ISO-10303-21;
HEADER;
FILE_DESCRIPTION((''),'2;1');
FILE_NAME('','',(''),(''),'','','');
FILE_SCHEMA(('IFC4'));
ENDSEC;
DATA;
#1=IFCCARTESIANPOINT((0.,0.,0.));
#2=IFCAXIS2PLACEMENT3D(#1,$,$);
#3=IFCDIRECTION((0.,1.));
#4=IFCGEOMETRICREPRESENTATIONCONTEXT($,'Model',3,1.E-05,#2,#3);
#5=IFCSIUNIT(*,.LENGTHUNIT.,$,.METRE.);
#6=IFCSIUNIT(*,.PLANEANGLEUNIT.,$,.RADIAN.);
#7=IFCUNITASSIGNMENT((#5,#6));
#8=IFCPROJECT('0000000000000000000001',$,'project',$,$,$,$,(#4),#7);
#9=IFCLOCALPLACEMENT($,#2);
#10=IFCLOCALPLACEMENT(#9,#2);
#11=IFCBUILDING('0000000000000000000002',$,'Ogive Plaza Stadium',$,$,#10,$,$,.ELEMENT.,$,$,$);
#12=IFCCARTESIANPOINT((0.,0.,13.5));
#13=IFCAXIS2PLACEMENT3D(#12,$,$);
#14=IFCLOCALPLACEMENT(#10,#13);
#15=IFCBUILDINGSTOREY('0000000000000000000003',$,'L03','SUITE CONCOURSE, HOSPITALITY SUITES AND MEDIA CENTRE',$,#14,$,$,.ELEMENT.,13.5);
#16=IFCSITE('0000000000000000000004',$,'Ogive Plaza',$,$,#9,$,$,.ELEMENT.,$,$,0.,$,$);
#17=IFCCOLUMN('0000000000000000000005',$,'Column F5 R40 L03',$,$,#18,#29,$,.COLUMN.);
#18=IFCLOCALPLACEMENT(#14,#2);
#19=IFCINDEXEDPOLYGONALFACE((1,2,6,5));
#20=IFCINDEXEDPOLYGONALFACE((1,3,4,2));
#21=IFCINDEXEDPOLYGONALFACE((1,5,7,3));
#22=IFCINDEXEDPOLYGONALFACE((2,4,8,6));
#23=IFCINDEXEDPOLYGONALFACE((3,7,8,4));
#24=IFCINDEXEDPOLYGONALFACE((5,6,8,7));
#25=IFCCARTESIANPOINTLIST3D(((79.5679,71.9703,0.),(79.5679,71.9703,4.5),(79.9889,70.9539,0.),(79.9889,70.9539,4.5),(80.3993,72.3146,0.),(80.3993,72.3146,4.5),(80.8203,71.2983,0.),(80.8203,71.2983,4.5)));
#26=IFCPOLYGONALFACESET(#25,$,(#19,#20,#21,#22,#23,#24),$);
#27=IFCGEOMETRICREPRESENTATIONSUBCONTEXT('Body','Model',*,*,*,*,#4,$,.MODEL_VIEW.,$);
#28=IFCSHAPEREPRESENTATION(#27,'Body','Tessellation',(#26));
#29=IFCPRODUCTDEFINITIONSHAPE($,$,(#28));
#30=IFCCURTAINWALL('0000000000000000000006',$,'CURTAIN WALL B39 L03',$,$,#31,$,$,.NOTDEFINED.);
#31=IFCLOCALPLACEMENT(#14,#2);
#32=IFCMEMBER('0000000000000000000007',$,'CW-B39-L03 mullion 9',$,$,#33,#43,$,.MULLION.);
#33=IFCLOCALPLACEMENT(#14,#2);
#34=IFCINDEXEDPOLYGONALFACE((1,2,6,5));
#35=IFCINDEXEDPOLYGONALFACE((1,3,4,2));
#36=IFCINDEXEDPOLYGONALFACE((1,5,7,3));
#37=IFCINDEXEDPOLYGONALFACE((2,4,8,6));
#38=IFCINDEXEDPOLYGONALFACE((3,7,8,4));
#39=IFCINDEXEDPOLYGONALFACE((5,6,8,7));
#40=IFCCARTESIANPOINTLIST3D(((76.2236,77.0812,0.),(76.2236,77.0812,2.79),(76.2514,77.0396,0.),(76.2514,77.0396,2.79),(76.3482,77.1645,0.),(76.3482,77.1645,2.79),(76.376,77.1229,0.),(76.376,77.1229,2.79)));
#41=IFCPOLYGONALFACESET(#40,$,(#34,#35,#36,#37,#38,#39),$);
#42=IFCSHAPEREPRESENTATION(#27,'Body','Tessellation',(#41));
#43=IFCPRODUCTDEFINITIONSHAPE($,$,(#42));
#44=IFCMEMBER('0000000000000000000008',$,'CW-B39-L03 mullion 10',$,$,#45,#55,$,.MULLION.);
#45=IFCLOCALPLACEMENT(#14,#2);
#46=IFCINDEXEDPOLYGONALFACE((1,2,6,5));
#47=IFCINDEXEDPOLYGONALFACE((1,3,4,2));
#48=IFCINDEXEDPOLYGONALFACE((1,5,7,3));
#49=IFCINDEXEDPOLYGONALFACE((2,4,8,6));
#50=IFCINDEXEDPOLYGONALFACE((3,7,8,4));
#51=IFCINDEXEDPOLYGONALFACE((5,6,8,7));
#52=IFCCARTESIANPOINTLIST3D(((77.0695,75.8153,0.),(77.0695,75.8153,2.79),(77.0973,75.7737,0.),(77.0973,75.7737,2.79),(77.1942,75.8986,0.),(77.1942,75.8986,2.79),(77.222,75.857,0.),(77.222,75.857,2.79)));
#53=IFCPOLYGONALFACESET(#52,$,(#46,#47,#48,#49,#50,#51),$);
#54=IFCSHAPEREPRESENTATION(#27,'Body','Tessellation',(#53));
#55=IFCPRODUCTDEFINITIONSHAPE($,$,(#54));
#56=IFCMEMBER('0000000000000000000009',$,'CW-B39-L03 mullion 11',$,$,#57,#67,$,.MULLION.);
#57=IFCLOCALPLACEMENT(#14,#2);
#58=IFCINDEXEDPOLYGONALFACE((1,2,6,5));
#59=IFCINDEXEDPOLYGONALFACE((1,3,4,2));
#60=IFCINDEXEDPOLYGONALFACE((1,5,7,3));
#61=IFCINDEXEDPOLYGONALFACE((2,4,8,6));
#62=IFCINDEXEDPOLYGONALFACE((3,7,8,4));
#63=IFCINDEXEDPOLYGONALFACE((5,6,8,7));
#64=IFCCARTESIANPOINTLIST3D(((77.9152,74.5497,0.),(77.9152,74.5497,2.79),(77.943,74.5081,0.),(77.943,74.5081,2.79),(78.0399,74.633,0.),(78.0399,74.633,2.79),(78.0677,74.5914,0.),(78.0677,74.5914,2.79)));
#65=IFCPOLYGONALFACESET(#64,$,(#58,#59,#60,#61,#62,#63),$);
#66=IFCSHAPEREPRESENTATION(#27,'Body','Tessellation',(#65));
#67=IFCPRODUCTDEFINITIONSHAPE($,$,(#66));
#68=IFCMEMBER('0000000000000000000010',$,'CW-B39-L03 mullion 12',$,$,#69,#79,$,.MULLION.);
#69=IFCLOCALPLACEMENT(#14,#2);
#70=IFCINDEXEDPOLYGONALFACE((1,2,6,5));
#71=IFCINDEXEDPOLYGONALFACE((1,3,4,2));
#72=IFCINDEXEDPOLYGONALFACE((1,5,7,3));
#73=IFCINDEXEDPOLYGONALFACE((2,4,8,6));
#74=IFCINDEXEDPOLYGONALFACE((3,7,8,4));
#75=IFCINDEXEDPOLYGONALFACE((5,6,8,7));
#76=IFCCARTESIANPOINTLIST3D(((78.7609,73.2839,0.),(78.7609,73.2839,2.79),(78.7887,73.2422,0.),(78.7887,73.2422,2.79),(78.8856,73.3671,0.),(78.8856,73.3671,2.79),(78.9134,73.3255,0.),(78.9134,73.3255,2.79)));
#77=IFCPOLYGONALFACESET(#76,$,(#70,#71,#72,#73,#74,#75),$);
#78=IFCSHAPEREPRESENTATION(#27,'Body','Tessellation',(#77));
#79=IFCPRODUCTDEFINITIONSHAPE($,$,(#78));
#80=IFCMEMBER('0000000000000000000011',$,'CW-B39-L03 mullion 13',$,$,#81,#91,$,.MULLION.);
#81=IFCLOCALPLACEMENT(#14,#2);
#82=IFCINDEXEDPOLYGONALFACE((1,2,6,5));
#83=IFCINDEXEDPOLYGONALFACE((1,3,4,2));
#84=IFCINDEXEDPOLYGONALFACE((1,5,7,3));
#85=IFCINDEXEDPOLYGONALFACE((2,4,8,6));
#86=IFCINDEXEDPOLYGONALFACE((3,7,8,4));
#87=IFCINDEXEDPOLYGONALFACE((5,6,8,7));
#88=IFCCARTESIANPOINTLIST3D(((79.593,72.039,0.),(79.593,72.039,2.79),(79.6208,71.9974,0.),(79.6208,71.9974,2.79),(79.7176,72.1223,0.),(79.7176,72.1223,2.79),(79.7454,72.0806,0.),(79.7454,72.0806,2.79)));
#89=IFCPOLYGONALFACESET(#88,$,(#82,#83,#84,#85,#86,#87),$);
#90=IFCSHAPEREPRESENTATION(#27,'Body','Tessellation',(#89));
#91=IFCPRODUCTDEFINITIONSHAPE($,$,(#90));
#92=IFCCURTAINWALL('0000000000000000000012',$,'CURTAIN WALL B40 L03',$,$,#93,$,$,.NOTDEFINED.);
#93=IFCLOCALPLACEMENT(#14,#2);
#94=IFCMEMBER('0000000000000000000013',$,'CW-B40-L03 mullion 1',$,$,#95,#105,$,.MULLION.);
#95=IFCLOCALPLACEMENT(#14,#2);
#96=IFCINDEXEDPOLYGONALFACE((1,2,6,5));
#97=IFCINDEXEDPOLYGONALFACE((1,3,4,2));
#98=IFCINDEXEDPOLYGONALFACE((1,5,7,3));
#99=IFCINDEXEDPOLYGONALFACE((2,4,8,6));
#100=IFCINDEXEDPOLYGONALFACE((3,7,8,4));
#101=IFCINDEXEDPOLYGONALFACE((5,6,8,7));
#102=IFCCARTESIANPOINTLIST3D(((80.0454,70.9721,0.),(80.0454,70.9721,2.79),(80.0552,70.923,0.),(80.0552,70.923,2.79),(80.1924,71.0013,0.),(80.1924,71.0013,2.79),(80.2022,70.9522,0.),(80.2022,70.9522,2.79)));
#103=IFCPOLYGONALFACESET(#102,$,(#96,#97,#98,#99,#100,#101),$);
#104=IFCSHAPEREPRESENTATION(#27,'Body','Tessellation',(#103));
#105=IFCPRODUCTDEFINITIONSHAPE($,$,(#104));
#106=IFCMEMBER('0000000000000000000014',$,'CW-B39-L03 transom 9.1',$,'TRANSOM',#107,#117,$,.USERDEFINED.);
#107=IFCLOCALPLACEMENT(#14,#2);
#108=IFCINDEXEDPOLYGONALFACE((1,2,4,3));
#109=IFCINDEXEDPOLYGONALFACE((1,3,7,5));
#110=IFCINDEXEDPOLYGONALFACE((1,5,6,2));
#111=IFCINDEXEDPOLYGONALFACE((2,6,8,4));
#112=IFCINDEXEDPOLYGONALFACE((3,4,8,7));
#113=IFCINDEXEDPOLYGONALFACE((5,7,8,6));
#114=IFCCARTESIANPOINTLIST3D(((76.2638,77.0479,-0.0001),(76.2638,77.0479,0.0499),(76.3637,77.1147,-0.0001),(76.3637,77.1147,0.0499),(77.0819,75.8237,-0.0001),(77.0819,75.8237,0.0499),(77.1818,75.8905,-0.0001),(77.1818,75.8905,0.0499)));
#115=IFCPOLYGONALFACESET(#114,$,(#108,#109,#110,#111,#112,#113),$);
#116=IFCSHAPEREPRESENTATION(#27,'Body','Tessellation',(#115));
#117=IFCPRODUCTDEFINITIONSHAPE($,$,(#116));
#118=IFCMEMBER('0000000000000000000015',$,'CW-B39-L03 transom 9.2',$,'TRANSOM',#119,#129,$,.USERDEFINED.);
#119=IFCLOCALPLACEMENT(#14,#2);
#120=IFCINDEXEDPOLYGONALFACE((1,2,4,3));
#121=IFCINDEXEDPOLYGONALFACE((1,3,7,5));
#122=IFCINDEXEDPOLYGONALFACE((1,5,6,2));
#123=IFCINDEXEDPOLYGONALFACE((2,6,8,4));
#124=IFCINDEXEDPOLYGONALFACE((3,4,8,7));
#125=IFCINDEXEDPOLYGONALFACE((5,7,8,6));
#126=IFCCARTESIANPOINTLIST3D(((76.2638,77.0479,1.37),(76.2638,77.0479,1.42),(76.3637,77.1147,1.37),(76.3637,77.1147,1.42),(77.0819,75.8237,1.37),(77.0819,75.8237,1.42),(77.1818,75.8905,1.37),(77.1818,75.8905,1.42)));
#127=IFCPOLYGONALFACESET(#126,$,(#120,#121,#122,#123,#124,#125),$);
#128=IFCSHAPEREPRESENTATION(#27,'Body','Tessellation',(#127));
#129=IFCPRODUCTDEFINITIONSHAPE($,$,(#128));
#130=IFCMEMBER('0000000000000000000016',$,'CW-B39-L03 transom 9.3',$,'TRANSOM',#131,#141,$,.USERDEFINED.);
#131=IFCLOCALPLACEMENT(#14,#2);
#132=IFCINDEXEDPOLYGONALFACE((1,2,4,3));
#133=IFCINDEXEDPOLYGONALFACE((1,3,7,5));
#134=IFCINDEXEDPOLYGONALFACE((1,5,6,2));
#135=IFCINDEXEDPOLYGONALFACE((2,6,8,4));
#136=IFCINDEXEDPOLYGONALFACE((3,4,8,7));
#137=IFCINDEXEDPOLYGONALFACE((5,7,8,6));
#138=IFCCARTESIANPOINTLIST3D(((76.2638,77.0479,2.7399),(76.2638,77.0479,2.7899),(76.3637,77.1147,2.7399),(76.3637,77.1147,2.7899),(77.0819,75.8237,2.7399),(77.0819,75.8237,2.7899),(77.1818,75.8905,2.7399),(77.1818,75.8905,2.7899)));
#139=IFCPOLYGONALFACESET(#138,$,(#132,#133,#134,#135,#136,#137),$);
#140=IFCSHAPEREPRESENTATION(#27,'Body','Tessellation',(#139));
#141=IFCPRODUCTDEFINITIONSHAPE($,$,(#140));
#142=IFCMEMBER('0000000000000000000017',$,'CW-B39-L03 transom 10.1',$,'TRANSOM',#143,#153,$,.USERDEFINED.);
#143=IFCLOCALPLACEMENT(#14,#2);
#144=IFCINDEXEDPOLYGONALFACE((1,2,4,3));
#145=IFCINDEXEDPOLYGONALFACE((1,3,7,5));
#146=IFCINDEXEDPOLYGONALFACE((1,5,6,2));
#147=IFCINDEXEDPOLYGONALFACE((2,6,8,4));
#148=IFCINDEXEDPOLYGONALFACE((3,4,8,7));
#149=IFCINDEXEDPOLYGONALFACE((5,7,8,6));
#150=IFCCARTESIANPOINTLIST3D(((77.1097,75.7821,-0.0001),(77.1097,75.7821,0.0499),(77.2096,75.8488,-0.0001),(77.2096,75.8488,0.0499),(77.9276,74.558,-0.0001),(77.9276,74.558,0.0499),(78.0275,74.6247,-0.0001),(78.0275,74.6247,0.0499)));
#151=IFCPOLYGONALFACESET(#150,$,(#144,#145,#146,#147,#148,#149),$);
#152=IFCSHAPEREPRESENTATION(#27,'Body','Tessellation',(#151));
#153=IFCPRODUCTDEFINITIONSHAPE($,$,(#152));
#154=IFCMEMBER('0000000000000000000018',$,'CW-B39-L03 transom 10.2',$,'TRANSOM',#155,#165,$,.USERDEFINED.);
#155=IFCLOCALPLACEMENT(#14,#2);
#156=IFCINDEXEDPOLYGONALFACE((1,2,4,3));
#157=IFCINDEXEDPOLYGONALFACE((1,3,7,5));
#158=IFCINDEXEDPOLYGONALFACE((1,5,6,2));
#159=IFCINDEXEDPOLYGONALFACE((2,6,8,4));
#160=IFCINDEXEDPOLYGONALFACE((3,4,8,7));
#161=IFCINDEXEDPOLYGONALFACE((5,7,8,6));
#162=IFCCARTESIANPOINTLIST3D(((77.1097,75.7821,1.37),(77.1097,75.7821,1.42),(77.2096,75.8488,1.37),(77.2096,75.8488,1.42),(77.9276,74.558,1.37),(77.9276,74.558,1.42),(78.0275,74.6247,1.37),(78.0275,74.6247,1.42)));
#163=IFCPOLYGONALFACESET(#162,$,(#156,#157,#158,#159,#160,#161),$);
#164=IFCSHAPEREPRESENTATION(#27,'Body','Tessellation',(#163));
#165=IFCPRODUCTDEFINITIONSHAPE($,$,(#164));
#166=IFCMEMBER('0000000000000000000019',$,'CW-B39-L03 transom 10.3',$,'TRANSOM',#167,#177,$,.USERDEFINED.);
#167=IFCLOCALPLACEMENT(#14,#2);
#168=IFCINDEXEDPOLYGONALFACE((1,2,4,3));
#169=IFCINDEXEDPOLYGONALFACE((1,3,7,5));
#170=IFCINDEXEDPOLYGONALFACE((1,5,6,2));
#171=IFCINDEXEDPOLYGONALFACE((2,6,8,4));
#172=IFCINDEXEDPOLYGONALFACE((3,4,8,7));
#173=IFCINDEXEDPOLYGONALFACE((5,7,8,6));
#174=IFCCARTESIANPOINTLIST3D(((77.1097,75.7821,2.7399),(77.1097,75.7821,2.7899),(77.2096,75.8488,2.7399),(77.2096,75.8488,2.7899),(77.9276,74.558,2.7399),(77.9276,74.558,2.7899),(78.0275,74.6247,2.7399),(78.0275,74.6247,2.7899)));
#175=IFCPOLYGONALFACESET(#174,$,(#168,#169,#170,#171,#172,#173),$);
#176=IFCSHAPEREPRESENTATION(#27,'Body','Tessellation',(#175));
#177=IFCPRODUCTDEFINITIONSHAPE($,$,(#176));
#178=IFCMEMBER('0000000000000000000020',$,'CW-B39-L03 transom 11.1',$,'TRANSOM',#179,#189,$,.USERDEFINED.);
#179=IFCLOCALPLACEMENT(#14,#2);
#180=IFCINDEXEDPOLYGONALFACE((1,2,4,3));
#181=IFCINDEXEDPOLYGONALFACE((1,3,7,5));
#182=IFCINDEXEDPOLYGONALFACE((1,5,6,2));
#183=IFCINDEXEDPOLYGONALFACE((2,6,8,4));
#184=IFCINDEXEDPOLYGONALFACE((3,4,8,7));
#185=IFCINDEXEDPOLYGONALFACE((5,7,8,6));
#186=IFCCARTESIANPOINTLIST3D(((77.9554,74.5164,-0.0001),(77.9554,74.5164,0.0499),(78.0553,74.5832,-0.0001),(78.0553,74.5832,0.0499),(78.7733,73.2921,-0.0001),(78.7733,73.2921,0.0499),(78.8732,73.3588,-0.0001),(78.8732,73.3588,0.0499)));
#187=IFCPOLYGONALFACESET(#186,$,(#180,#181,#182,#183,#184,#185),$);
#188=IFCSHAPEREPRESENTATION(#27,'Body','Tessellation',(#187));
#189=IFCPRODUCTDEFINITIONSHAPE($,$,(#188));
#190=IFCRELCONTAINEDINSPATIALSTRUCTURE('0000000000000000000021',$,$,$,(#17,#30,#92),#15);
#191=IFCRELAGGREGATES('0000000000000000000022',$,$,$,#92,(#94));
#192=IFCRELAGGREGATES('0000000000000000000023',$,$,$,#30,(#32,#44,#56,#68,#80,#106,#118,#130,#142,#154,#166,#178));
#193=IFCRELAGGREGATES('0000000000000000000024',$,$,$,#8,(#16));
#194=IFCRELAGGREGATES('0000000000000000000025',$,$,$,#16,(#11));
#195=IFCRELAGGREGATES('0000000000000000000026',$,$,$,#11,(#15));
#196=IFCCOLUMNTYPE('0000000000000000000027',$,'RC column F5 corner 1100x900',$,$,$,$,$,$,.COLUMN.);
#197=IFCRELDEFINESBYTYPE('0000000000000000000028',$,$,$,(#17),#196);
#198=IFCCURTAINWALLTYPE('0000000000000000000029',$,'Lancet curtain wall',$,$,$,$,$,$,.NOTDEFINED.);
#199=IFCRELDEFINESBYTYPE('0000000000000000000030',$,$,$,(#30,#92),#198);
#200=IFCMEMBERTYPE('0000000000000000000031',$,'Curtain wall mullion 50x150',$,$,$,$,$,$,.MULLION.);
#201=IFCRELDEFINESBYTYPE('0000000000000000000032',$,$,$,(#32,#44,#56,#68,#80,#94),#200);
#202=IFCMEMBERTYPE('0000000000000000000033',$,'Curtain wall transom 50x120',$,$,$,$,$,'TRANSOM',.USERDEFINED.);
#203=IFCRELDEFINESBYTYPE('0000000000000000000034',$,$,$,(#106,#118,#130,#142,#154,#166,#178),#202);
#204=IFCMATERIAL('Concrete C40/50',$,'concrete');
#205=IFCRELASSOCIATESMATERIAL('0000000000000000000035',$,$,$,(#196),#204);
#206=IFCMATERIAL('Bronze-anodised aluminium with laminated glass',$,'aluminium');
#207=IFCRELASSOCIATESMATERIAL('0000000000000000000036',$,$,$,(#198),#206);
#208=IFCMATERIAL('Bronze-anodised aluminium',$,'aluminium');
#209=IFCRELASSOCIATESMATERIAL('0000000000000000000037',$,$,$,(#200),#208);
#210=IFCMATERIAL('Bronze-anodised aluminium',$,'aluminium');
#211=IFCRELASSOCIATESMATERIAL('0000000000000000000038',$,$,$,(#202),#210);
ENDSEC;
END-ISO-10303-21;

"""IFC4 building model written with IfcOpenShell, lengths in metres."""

from ifc_helpers import new_model, si_unit, direction, frame, origin, origin_2d, place, context, subcontext, project, spatial, rectangle, extrude, material, material_profile, profile_set, type_object, element, aggregate, save


model = new_model("IFC4")

# Units and contexts
model_context = context("Model", 3, precision=1e-05, world=origin(), true_north=direction((0.0, 1.0)))
body_context = subcontext(model_context, "Body", "Model", "MODEL_VIEW")
ifc_project = project(units=[si_unit("LENGTHUNIT", "METRE"), si_unit("PLANEANGLEUNIT", "RADIAN")], contexts=[model_context])

# Site, building, storey
site_placement = place(None, origin())
site = spatial("IfcSite", under=ifc_project, at=site_placement, Name="Ogive Plaza", CompositionType="ELEMENT", RefElevation=0.0)
building_placement = place(site_placement, origin())
building = spatial("IfcBuilding", under=site, at=building_placement, Name="Ogive Plaza Stadium", CompositionType="ELEMENT")
storey_placement = place(building_placement, frame((0.0, 0.0, 13.5)))
storey = spatial("IfcBuildingStorey", under=building, at=storey_placement, Name="L03", Description="SUITE CONCOURSE, HOSPITALITY SUITES AND MEDIA CENTRE", CompositionType="ELEMENT", Elevation=13.5)

# Column
ifc_material_1 = material(Name="Concrete C40/50", Category="concrete")
ifc_material_profile_1 = material_profile(ifc_material_1, rectangle(XDim=1.1001, YDim=0.8999, at=origin_2d()), Name="RC 1100x900")
ifc_profile_set_1 = profile_set([ifc_material_profile_1], Name="Concrete C40/50")
column_type = type_object("IfcColumnType", Name="RC column F5 corner 1100x900", PredefinedType="COLUMN", material=ifc_profile_set_1)
column_placement = place(storey_placement, frame((80.1941, 71.6343, 0.0), z_axis=(0.0, 0.0, 1.0), x_axis=(-0.382683, 0.92388, 0.0)))
element("IfcColumn", 1, at=column_placement, inside=storey, type_object=column_type, Name="Column F5 R40 L03", PredefinedType="COLUMN", context=body_context, shape_type="SweptSolid", body=[
    extrude(rectangle(XDim=1.1001, YDim=0.8999, at=origin_2d()), origin(), (0.0, 0.0, 1.0), 4.5),
])

# Curtain wall, members
ifc_material_2 = material(Name="Bronze-anodised aluminium with laminated glass", Category="aluminium")
curtain_wall_type = type_object("IfcCurtainWallType", Name="Lancet curtain wall", PredefinedType="NOTDEFINED", material=ifc_material_2)
curtain_wall_1_placement = place(storey_placement, origin())
curtain_wall_1 = element("IfcCurtainWall", 2, at=curtain_wall_1_placement, inside=storey, type_object=curtain_wall_type, Name="CURTAIN WALL B39 L03", PredefinedType="NOTDEFINED")
ifc_material_3 = material(Name="Bronze-anodised aluminium", Category="aluminium")
ifc_material_profile_2 = material_profile(ifc_material_3, rectangle(XDim=0.1499, YDim=0.05, at=origin_2d()), Name="AL 150x50")
ifc_profile_set_2 = profile_set([ifc_material_profile_2], Name="Bronze-anodised aluminium")
member_type_1 = type_object("IfcMemberType", Name="Curtain wall mullion 50x150", PredefinedType="MULLION", material=ifc_profile_set_2)
member_1_placement = place(storey_placement, frame((76.2998, 77.1021, 0.0), z_axis=(0.0, 0.0, 1.0), x_axis=(0.83147, 0.55557, 0.0)))
member_1 = element("IfcMember", 3, at=member_1_placement, type_object=member_type_1, Name="CW-B39-L03 mullion 9", PredefinedType="MULLION", context=body_context, shape_type="SweptSolid", body=[
    extrude(rectangle(XDim=0.1499, YDim=0.05, at=origin_2d()), origin(), (0.0, 0.0, 1.0), 2.79),
])
member_2_placement = place(storey_placement, frame((77.1458, 75.8362, 0.0), z_axis=(0.0, 0.0, 1.0), x_axis=(0.83147, 0.55557, 0.0)))
member_2 = element("IfcMember", 4, at=member_2_placement, type_object=member_type_1, Name="CW-B39-L03 mullion 10", PredefinedType="MULLION", context=body_context, shape_type="SweptSolid", body=[
    extrude(rectangle(XDim=0.1499, YDim=0.05, at=origin_2d()), origin(), (0.0, 0.0, 1.0), 2.79),
])
member_3_placement = place(storey_placement, frame((77.9915, 74.5706, 0.0), z_axis=(0.0, 0.0, 1.0), x_axis=(0.83147, 0.55557, 0.0)))
member_3 = element("IfcMember", 5, at=member_3_placement, type_object=member_type_1, Name="CW-B39-L03 mullion 11", PredefinedType="MULLION", context=body_context, shape_type="SweptSolid", body=[
    extrude(rectangle(XDim=0.1499, YDim=0.05, at=origin_2d()), origin(), (0.0, 0.0, 1.0), 2.79),
])
member_4_placement = place(storey_placement, frame((78.8372, 73.3047, 0.0), z_axis=(0.0, 0.0, 1.0), x_axis=(0.83147, 0.55557, 0.0)))
member_4 = element("IfcMember", 6, at=member_4_placement, type_object=member_type_1, Name="CW-B39-L03 mullion 12", PredefinedType="MULLION", context=body_context, shape_type="SweptSolid", body=[
    extrude(rectangle(XDim=0.1499, YDim=0.05, at=origin_2d()), origin(), (0.0, 0.0, 1.0), 2.79),
])
member_5_placement = place(storey_placement, frame((79.6692, 72.0598, 0.0), z_axis=(0.0, 0.0, 1.0), x_axis=(0.83147, 0.55557, 0.0)))
member_5 = element("IfcMember", 7, at=member_5_placement, type_object=member_type_1, Name="CW-B39-L03 mullion 13", PredefinedType="MULLION", context=body_context, shape_type="SweptSolid", body=[
    extrude(rectangle(XDim=0.1499, YDim=0.05, at=origin_2d()), origin(), (0.0, 0.0, 1.0), 2.79),
])

# Curtain wall, member
curtain_wall_2_placement = place(storey_placement, origin())
curtain_wall_2 = element("IfcCurtainWall", 8, at=curtain_wall_2_placement, inside=storey, type_object=curtain_wall_type, Name="CURTAIN WALL B40 L03", PredefinedType="NOTDEFINED")
member_6_placement = place(storey_placement, frame((80.1238, 70.9622, 0.0), z_axis=(0.0, 0.0, 1.0), x_axis=(0.980785, 0.19509, 0.0)))
member_6 = element("IfcMember", 9, at=member_6_placement, type_object=member_type_1, Name="CW-B40-L03 mullion 1", PredefinedType="MULLION", context=body_context, shape_type="SweptSolid", body=[
    extrude(rectangle(XDim=0.1499, YDim=0.05, at=origin_2d()), origin(), (0.0, 0.0, 1.0), 2.79),
])

# Members
ifc_material_4 = material(Name="Bronze-anodised aluminium", Category="aluminium")
ifc_material_profile_3 = material_profile(ifc_material_4, rectangle(XDim=0.1201, YDim=0.05, at=origin_2d()), Name="AL 120x50")
ifc_profile_set_3 = profile_set([ifc_material_profile_3], Name="Bronze-anodised aluminium")
member_type_2 = type_object("IfcMemberType", Name="Curtain wall transom 50x120", ElementType="TRANSOM", PredefinedType="USERDEFINED", material=ifc_profile_set_3)
member_7_placement = place(storey_placement, frame((76.3137, 77.0813, 0.0249), z_axis=(0.555656, -0.831412, 0.0), x_axis=(0.831412, 0.555656, 0.0)))
member_7 = element("IfcMember", 10, at=member_7_placement, type_object=member_type_2, Name="CW-B39-L03 transom 9.1", ObjectType="TRANSOM", PredefinedType="USERDEFINED", context=body_context, shape_type="SweptSolid", body=[
    extrude(rectangle(XDim=0.1201, YDim=0.05, at=origin_2d()), origin(), (0.0, 0.0, 1.0), 1.4724),
])
member_8_placement = place(storey_placement, frame((76.3137, 77.0813, 1.395), z_axis=(0.555656, -0.831412, 0.0), x_axis=(0.831412, 0.555656, 0.0)))
member_8 = element("IfcMember", 11, at=member_8_placement, type_object=member_type_2, Name="CW-B39-L03 transom 9.2", ObjectType="TRANSOM", PredefinedType="USERDEFINED", context=body_context, shape_type="SweptSolid", body=[
    extrude(rectangle(XDim=0.1201, YDim=0.05, at=origin_2d()), origin(), (0.0, 0.0, 1.0), 1.4724),
])
member_9_placement = place(storey_placement, frame((76.3137, 77.0813, 2.7649), z_axis=(0.555656, -0.831412, 0.0), x_axis=(0.831412, 0.555656, 0.0)))
member_9 = element("IfcMember", 12, at=member_9_placement, type_object=member_type_2, Name="CW-B39-L03 transom 9.3", ObjectType="TRANSOM", PredefinedType="USERDEFINED", context=body_context, shape_type="SweptSolid", body=[
    extrude(rectangle(XDim=0.1201, YDim=0.05, at=origin_2d()), origin(), (0.0, 0.0, 1.0), 1.4724),
])
member_10_placement = place(storey_placement, frame((77.1597, 75.8154, 0.0249), z_axis=(0.555542, -0.831489, 0.0), x_axis=(0.831489, 0.555542, 0.0)))
member_10 = element("IfcMember", 13, at=member_10_placement, type_object=member_type_2, Name="CW-B39-L03 transom 10.1", ObjectType="TRANSOM", PredefinedType="USERDEFINED", context=body_context, shape_type="SweptSolid", body=[
    extrude(rectangle(XDim=0.1201, YDim=0.05, at=origin_2d()), origin(), (0.0, 0.0, 1.0), 1.4722),
])
member_11_placement = place(storey_placement, frame((77.1597, 75.8154, 1.395), z_axis=(0.555542, -0.831489, 0.0), x_axis=(0.831489, 0.555542, 0.0)))
member_11 = element("IfcMember", 14, at=member_11_placement, type_object=member_type_2, Name="CW-B39-L03 transom 10.2", ObjectType="TRANSOM", PredefinedType="USERDEFINED", context=body_context, shape_type="SweptSolid", body=[
    extrude(rectangle(XDim=0.1201, YDim=0.05, at=origin_2d()), origin(), (0.0, 0.0, 1.0), 1.4722),
])
member_12_placement = place(storey_placement, frame((77.1597, 75.8154, 2.7649), z_axis=(0.555542, -0.831489, 0.0), x_axis=(0.831489, 0.555542, 0.0)))
member_12 = element("IfcMember", 15, at=member_12_placement, type_object=member_type_2, Name="CW-B39-L03 transom 10.3", ObjectType="TRANSOM", PredefinedType="USERDEFINED", context=body_context, shape_type="SweptSolid", body=[
    extrude(rectangle(XDim=0.1201, YDim=0.05, at=origin_2d()), origin(), (0.0, 0.0, 1.0), 1.4722),
])
member_13_placement = place(storey_placement, frame((78.0054, 74.5498, 0.0249), z_axis=(0.555465, -0.83154, 0.0), x_axis=(0.83154, 0.555465, 0.0)))
member_13 = element("IfcMember", 16, at=member_13_placement, type_object=member_type_2, Name="CW-B39-L03 transom 11.1", ObjectType="TRANSOM", PredefinedType="USERDEFINED", context=body_context, shape_type="SweptSolid", body=[
    extrude(rectangle(XDim=0.1201, YDim=0.05, at=origin_2d()), origin(), (0.0, 0.0, 1.0), 1.4724),
])
aggregate(curtain_wall_2, [member_6])

aggregate(curtain_wall_1, [member_1, member_2, member_3, member_4, member_5, member_7, member_8, member_9, member_10, member_11, member_12, member_13])

save(model, "model.ifc")
